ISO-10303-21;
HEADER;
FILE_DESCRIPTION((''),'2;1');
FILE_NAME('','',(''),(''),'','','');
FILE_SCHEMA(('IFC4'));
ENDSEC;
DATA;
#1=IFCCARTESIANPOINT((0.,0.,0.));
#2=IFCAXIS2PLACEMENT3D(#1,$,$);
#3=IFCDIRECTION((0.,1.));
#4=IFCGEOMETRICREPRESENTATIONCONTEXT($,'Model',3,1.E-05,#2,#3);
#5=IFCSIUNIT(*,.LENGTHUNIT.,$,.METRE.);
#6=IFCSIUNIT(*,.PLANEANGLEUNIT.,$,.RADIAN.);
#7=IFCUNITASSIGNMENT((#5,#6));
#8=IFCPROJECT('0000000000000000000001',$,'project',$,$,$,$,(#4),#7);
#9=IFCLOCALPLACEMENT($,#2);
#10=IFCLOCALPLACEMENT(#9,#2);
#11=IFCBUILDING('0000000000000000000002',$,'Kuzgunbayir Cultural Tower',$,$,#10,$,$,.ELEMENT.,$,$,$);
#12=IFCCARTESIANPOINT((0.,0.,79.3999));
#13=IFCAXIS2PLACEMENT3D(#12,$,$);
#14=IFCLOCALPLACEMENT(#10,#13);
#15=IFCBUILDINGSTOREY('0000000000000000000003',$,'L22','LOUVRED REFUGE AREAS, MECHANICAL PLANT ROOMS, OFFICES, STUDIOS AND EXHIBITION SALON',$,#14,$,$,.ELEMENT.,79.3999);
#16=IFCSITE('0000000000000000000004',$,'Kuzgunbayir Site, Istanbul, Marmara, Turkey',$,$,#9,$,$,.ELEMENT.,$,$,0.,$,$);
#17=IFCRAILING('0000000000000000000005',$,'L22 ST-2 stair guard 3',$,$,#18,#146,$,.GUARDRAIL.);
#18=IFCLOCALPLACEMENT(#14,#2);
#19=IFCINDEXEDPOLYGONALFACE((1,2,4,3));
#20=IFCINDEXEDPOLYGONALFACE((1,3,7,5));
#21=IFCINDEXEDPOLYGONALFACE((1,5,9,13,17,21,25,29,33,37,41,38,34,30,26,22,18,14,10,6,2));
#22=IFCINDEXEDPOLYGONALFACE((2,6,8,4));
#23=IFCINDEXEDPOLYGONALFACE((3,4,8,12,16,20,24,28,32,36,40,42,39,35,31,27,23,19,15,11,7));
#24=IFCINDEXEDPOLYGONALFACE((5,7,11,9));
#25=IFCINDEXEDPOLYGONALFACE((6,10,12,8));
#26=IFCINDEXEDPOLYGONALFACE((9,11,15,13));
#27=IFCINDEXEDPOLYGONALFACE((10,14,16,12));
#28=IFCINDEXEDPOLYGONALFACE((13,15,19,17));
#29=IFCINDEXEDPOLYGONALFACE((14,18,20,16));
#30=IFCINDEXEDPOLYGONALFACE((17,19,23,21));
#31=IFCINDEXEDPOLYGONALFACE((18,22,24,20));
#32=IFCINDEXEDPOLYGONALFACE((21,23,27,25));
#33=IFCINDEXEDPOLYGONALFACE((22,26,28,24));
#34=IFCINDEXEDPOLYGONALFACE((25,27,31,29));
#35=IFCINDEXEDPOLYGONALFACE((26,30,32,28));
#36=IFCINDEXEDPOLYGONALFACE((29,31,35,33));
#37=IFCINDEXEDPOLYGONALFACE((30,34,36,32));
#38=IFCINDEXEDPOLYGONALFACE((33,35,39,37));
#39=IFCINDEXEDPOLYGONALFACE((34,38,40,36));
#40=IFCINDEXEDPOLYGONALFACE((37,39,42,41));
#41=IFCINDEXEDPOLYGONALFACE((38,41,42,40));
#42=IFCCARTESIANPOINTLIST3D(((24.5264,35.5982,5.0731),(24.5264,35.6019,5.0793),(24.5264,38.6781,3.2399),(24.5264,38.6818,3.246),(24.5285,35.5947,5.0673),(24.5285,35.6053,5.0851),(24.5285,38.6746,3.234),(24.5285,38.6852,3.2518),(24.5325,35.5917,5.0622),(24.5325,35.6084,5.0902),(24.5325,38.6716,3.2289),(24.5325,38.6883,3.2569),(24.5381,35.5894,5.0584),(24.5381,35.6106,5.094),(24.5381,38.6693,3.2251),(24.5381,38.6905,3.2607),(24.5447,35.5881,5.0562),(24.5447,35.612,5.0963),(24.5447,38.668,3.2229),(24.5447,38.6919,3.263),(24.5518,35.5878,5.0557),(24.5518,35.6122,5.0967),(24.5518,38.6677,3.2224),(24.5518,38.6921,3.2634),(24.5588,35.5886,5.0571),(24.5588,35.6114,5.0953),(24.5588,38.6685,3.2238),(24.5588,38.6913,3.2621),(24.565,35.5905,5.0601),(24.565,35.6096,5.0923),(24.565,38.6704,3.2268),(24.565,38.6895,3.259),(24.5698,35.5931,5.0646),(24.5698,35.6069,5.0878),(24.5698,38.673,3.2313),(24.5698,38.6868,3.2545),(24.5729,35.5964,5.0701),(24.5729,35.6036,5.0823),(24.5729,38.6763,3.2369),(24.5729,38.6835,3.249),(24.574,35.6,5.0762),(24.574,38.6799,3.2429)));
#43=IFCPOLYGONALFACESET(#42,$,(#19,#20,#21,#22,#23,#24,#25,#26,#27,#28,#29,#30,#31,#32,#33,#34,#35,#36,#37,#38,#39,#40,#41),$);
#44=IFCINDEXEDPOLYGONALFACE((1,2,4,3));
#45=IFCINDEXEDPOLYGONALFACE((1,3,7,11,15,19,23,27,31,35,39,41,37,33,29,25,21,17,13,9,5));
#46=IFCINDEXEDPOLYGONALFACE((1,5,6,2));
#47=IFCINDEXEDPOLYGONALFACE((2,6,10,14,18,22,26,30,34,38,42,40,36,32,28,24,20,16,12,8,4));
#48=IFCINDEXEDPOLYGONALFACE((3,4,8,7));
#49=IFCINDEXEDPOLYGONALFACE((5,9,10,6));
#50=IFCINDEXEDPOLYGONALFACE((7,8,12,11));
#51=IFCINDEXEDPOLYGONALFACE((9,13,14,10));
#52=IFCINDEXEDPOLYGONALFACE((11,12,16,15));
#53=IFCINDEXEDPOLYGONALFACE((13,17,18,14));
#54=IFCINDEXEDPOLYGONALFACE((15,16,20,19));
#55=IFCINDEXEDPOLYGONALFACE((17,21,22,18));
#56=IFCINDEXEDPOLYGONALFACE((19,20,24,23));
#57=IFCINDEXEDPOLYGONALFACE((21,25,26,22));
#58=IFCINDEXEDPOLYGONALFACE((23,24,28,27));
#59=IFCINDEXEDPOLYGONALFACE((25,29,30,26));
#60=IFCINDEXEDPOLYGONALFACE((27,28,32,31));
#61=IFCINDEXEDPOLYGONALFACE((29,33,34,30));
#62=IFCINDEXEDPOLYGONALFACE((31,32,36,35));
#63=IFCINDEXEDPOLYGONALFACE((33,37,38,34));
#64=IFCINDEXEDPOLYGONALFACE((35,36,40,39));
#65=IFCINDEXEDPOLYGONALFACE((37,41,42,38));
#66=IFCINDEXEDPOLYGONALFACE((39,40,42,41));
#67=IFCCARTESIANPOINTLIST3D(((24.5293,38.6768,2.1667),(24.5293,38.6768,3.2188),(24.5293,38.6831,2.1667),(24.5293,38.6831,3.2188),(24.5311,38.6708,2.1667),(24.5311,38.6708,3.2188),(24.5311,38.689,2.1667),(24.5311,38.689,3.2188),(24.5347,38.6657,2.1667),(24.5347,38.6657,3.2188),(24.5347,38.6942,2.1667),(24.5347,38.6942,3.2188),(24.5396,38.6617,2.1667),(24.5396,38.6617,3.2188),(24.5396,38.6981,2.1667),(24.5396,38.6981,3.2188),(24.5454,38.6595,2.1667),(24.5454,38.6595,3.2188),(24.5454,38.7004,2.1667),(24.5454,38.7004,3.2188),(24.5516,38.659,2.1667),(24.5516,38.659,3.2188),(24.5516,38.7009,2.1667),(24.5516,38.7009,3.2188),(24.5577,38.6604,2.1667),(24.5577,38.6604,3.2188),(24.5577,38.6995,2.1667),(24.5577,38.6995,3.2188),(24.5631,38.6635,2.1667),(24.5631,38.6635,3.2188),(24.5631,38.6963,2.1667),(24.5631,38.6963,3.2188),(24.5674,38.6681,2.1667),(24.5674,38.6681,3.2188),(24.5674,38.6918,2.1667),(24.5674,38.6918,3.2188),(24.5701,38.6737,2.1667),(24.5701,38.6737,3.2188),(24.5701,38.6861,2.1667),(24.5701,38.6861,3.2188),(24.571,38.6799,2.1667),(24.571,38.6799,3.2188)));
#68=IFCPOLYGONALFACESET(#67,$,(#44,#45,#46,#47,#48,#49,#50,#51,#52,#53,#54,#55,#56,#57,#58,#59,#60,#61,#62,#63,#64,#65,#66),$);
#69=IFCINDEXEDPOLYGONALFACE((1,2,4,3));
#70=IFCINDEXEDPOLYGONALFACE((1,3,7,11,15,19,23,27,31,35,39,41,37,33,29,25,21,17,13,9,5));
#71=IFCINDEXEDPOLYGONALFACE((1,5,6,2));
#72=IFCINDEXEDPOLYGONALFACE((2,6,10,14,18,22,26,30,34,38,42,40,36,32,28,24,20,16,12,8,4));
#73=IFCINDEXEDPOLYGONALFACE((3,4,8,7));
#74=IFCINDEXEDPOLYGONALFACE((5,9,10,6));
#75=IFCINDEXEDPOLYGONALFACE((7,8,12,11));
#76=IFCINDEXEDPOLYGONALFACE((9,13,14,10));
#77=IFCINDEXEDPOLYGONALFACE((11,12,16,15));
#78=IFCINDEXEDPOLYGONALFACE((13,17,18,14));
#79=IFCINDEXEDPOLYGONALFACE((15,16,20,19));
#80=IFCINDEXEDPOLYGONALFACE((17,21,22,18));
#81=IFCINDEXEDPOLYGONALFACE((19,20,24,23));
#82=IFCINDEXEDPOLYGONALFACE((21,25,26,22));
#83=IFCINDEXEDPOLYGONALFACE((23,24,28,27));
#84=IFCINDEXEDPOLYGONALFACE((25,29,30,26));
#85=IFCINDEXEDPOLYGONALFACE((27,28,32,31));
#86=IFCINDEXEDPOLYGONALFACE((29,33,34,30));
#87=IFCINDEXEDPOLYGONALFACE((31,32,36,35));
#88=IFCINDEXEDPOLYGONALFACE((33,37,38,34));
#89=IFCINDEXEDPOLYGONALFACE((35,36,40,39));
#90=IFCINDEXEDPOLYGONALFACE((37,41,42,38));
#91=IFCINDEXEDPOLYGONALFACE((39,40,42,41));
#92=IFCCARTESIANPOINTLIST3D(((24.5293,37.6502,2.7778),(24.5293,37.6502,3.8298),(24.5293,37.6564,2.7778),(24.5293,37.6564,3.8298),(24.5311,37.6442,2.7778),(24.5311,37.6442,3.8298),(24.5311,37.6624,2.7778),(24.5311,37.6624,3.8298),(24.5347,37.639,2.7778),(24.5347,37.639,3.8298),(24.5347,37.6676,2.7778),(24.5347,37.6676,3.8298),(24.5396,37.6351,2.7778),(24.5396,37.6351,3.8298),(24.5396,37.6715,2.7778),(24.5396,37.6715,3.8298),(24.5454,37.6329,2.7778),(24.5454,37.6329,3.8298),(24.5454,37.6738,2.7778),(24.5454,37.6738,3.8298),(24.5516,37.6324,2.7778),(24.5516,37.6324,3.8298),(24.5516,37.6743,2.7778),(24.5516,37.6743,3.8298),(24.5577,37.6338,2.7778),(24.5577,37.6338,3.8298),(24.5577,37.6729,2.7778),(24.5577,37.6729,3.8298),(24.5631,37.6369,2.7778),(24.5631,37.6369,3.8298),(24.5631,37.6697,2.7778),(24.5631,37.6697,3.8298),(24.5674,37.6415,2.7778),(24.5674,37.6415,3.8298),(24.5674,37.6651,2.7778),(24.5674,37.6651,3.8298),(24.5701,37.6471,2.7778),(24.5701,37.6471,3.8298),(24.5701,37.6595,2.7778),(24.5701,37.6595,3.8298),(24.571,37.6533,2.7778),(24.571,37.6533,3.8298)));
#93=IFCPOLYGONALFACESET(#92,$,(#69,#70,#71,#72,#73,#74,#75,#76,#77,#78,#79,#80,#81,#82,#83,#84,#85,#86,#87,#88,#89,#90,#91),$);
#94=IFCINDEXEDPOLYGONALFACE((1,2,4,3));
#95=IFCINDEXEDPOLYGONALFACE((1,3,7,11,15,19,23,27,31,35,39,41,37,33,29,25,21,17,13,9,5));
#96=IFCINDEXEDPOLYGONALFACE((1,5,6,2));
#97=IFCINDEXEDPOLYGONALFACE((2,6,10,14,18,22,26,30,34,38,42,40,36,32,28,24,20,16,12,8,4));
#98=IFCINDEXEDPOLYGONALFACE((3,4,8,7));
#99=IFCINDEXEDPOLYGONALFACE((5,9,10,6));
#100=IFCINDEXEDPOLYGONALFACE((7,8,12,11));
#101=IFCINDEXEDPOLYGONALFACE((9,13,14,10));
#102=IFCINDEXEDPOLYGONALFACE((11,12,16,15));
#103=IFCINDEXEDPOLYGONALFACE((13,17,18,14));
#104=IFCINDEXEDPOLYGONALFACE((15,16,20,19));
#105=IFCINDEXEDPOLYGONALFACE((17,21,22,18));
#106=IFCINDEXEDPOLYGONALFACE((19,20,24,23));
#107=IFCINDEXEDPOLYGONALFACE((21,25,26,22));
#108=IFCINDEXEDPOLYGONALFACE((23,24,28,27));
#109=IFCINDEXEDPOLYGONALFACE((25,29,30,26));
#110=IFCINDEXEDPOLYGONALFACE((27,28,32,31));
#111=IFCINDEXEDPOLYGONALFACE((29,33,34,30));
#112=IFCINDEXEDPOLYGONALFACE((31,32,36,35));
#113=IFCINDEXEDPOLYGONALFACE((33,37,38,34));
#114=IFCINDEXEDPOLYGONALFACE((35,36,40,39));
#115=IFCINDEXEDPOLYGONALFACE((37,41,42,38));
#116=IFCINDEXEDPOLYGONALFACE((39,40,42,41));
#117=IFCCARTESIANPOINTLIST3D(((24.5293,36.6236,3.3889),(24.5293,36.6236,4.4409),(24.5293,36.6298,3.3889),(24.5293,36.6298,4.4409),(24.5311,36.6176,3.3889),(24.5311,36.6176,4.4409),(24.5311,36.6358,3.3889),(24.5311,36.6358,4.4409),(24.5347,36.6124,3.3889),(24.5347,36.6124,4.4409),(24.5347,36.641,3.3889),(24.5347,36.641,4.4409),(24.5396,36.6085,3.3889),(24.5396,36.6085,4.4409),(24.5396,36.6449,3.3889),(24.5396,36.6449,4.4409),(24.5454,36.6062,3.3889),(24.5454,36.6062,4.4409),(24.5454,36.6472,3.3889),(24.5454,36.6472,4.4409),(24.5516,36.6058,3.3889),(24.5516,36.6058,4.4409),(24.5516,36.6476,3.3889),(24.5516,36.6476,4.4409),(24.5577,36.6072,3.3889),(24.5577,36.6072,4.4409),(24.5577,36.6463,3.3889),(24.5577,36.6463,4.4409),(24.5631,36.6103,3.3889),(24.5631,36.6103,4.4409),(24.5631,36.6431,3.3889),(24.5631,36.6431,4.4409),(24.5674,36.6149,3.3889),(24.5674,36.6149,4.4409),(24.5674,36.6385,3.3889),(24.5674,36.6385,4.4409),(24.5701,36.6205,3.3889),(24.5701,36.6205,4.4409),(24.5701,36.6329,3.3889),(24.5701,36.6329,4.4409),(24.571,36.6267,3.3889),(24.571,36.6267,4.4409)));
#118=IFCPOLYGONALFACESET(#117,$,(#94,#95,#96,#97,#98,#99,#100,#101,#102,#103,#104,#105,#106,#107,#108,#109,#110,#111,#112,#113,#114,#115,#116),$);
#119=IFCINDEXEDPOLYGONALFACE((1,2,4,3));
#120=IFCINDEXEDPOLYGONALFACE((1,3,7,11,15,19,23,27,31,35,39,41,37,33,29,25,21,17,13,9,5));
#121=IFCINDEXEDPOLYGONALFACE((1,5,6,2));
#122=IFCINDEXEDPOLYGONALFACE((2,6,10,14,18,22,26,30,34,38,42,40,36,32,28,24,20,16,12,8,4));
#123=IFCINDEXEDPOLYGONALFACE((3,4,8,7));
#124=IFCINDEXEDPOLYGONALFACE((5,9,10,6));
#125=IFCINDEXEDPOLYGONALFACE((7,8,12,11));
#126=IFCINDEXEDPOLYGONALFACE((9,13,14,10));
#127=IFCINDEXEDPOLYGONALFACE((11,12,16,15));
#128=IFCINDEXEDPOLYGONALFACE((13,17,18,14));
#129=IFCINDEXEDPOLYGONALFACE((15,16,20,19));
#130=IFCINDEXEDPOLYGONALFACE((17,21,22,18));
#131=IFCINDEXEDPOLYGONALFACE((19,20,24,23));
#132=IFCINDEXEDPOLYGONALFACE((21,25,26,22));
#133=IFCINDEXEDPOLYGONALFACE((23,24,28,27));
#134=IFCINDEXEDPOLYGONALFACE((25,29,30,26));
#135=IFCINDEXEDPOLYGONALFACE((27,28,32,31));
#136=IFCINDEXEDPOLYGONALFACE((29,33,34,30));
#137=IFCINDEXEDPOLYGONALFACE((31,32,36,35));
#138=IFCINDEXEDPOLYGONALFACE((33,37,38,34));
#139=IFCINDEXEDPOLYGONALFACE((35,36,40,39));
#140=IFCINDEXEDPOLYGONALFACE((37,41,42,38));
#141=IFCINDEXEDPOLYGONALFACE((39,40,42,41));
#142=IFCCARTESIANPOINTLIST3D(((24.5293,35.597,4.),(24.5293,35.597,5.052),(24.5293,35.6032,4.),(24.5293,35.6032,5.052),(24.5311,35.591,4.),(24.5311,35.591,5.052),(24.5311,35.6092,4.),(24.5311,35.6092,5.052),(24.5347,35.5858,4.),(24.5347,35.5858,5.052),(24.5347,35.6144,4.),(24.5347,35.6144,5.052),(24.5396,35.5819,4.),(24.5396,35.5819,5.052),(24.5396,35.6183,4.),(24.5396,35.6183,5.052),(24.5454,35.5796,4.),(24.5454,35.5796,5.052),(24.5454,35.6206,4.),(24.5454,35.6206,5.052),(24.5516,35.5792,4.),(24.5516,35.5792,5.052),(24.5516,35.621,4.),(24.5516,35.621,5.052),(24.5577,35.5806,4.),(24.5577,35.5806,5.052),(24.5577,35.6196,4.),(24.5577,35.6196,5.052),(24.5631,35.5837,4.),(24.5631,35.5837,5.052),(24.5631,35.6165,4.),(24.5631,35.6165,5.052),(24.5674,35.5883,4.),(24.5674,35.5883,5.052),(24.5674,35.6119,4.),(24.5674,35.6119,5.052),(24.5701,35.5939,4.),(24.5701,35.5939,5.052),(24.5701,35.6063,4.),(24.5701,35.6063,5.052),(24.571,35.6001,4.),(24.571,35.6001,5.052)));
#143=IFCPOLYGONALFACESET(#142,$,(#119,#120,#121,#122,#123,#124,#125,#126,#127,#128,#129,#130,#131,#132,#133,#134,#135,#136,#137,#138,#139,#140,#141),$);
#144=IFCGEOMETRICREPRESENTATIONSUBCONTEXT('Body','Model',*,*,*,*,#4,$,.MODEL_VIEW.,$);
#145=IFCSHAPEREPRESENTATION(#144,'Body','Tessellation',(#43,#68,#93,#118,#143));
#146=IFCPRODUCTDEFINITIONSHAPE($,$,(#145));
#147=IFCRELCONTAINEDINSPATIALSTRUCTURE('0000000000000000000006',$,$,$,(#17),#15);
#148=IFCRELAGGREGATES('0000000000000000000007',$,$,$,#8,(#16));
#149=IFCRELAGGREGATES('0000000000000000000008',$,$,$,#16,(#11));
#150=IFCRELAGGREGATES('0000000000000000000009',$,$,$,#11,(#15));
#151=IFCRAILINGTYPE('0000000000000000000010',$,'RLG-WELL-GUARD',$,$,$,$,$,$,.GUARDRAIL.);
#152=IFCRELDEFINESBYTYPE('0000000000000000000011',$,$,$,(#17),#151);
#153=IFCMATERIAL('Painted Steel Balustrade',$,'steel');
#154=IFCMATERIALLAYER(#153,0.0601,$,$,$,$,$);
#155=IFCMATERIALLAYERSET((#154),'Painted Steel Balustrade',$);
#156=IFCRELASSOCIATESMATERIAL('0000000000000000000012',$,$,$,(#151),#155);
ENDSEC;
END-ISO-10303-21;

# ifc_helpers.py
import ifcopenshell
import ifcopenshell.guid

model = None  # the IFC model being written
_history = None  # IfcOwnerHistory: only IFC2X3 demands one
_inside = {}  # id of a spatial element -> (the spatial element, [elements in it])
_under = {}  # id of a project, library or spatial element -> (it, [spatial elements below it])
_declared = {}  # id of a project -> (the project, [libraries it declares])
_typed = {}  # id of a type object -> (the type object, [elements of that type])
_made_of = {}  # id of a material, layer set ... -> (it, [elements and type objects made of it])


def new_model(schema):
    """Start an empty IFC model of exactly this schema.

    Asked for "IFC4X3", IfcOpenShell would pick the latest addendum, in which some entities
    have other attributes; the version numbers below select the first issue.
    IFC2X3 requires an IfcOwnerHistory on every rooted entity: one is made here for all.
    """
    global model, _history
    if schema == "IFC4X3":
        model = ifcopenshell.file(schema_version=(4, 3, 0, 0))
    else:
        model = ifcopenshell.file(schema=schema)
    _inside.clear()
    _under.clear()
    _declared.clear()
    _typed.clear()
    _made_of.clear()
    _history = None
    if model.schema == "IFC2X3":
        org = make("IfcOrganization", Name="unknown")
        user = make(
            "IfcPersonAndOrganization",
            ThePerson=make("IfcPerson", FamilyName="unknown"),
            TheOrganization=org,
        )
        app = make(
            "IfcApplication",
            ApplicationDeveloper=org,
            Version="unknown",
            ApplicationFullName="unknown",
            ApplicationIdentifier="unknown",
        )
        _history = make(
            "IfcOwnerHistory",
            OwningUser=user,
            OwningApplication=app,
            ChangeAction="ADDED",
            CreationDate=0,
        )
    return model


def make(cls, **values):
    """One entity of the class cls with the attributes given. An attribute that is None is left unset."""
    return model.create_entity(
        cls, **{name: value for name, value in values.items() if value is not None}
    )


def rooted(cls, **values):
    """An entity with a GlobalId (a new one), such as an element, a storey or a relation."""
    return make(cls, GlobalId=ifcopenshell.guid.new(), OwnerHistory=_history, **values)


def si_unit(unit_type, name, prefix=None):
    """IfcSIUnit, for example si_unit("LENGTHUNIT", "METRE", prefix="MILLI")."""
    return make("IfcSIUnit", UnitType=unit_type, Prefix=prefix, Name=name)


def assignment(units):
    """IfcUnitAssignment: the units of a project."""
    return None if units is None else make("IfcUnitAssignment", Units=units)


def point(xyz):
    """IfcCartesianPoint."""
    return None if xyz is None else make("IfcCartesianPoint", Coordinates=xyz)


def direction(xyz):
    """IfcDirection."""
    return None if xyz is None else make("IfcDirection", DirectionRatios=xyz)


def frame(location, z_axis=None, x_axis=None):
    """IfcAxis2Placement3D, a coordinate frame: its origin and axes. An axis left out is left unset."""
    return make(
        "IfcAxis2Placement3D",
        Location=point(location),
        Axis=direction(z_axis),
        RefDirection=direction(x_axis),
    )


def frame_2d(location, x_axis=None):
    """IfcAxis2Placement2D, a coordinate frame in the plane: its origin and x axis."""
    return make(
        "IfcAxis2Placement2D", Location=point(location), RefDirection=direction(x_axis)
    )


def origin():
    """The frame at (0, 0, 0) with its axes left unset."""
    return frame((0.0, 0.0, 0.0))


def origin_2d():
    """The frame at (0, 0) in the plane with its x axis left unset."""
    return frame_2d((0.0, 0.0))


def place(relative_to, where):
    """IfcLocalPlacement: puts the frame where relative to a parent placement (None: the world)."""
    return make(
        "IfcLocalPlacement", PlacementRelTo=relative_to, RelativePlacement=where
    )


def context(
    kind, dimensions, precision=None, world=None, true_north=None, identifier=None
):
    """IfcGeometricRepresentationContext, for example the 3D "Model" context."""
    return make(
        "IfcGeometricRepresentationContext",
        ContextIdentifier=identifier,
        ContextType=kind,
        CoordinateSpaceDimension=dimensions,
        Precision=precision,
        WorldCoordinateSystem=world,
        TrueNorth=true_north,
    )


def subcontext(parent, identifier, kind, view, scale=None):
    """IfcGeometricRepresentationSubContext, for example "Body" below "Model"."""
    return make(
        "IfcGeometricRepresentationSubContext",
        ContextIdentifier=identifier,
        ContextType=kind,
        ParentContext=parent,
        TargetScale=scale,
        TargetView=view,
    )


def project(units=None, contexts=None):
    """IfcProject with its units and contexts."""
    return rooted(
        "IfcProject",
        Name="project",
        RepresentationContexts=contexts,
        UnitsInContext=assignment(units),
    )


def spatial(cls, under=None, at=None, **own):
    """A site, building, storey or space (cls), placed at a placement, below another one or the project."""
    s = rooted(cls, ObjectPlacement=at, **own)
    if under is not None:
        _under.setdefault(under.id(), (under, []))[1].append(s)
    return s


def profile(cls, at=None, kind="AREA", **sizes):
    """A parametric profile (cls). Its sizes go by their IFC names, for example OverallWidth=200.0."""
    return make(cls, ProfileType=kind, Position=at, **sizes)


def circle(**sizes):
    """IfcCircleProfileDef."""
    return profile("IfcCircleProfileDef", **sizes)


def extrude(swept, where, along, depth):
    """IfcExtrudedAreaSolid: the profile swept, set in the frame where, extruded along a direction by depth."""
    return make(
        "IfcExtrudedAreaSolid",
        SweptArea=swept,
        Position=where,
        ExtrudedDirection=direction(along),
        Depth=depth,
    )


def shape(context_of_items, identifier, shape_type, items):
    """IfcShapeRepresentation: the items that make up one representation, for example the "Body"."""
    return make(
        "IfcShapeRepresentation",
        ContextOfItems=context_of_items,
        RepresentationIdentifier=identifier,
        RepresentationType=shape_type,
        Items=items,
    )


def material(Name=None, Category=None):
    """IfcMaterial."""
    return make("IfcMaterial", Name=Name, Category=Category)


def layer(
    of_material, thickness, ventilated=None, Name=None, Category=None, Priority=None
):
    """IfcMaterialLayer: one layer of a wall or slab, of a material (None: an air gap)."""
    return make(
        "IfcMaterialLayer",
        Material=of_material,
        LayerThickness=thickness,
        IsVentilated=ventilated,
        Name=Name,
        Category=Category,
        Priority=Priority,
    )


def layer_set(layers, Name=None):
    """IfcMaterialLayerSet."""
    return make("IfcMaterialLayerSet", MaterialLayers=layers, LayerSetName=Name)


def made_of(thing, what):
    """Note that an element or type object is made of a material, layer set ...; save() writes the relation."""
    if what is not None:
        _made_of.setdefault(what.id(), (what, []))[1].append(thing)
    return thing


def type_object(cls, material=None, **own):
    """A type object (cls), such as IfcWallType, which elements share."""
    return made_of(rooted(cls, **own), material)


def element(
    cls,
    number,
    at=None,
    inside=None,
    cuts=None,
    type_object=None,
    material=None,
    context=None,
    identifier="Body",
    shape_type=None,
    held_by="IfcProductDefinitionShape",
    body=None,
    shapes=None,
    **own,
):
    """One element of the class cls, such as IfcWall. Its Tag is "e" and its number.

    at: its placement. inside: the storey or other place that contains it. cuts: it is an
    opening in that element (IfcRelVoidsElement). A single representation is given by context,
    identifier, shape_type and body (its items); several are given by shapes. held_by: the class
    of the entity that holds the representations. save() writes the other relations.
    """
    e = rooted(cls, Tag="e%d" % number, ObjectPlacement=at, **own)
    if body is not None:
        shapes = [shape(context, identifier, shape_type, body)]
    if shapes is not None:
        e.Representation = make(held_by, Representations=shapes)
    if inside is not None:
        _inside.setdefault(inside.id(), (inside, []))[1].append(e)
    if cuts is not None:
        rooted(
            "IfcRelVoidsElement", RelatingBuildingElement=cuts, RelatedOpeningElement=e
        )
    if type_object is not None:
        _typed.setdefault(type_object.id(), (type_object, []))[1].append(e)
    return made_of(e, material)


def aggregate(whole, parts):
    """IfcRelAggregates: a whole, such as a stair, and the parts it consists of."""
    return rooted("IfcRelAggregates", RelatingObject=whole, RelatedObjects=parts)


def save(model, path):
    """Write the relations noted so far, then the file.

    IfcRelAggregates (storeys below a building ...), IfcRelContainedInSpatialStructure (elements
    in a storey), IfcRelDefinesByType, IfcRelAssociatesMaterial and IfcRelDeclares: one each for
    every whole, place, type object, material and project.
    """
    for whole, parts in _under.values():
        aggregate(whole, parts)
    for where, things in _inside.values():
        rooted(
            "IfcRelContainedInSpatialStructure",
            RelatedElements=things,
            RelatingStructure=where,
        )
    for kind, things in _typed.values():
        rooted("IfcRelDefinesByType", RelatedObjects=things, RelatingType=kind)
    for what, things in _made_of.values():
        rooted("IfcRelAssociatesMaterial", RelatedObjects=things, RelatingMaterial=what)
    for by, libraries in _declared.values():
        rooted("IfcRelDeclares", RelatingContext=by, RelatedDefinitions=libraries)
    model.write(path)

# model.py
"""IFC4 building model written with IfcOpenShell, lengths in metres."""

from ifc_helpers import new_model, si_unit, direction, frame, origin, origin_2d, place, context, subcontext, project, spatial, circle, extrude, material, layer, layer_set, type_object, element, save


model = new_model("IFC4")

# Units and contexts
model_context = context("Model", 3, precision=1e-05, world=origin(), true_north=direction((0.0, 1.0)))
body_context = subcontext(model_context, "Body", "Model", "MODEL_VIEW")
ifc_project = project(units=[si_unit("LENGTHUNIT", "METRE"), si_unit("PLANEANGLEUNIT", "RADIAN")], contexts=[model_context])

# Site, building, storey
site_placement = place(None, origin())
site = spatial("IfcSite", under=ifc_project, at=site_placement, Name="Kuzgunbayir Site, Istanbul, Marmara, Turkey", CompositionType="ELEMENT", RefElevation=0.0)
building_placement = place(site_placement, origin())
building = spatial("IfcBuilding", under=site, at=building_placement, Name="Kuzgunbayir Cultural Tower", CompositionType="ELEMENT")
storey_placement = place(building_placement, frame((0.0, 0.0, 79.3999)))
storey = spatial("IfcBuildingStorey", under=building, at=storey_placement, Name="L22", Description="LOUVRED REFUGE AREAS, MECHANICAL PLANT ROOMS, OFFICES, STUDIOS AND EXHIBITION SALON", CompositionType="ELEMENT", Elevation=79.3999)

# Railing
ifc_material_1 = material(Name="Painted Steel Balustrade", Category="steel")
ifc_layer_1 = layer(ifc_material_1, 0.0601)
ifc_layer_set_1 = layer_set([ifc_layer_1], Name="Painted Steel Balustrade")
railing_type_1 = type_object("IfcRailingType", Name="RLG-WELL-GUARD", PredefinedType="GUARDRAIL", material=ifc_layer_set_1)
railing_1_placement = place(storey_placement, frame((24.55, 38.6799, 2.1667)))
element("IfcRailing", 1, at=railing_1_placement, inside=storey, type_object=railing_type_1, Name="L22 ST-2 stair guard 3", PredefinedType="GUARDRAIL", context=body_context, shape_type="SweptSolid", body=[
    extrude(circle(Radius=0.0239, at=origin_2d()), frame((0.0, 0.0, 1.0762), z_axis=(0.0, -0.859291, 0.511487), x_axis=(1.0, 0.0, 0.0)), (0.0, 0.0, 1.0), 3.5842),
    extrude(circle(Radius=0.021, at=origin_2d()), origin(), (0.0, 0.0, 1.0), 1.052),
    extrude(circle(Radius=0.021, at=origin_2d()), frame((0.0, -1.0266, 0.6111)), (0.0, 0.0, 1.0), 1.052),
    extrude(circle(Radius=0.021, at=origin_2d()), frame((0.0, -2.0532, 1.2222)), (0.0, 0.0, 1.0), 1.052),
    extrude(circle(Radius=0.021, at=origin_2d()), frame((0.0, -3.0798, 1.8333)), (0.0, 0.0, 1.0), 1.052),
])

save(model, "model.ifc")
